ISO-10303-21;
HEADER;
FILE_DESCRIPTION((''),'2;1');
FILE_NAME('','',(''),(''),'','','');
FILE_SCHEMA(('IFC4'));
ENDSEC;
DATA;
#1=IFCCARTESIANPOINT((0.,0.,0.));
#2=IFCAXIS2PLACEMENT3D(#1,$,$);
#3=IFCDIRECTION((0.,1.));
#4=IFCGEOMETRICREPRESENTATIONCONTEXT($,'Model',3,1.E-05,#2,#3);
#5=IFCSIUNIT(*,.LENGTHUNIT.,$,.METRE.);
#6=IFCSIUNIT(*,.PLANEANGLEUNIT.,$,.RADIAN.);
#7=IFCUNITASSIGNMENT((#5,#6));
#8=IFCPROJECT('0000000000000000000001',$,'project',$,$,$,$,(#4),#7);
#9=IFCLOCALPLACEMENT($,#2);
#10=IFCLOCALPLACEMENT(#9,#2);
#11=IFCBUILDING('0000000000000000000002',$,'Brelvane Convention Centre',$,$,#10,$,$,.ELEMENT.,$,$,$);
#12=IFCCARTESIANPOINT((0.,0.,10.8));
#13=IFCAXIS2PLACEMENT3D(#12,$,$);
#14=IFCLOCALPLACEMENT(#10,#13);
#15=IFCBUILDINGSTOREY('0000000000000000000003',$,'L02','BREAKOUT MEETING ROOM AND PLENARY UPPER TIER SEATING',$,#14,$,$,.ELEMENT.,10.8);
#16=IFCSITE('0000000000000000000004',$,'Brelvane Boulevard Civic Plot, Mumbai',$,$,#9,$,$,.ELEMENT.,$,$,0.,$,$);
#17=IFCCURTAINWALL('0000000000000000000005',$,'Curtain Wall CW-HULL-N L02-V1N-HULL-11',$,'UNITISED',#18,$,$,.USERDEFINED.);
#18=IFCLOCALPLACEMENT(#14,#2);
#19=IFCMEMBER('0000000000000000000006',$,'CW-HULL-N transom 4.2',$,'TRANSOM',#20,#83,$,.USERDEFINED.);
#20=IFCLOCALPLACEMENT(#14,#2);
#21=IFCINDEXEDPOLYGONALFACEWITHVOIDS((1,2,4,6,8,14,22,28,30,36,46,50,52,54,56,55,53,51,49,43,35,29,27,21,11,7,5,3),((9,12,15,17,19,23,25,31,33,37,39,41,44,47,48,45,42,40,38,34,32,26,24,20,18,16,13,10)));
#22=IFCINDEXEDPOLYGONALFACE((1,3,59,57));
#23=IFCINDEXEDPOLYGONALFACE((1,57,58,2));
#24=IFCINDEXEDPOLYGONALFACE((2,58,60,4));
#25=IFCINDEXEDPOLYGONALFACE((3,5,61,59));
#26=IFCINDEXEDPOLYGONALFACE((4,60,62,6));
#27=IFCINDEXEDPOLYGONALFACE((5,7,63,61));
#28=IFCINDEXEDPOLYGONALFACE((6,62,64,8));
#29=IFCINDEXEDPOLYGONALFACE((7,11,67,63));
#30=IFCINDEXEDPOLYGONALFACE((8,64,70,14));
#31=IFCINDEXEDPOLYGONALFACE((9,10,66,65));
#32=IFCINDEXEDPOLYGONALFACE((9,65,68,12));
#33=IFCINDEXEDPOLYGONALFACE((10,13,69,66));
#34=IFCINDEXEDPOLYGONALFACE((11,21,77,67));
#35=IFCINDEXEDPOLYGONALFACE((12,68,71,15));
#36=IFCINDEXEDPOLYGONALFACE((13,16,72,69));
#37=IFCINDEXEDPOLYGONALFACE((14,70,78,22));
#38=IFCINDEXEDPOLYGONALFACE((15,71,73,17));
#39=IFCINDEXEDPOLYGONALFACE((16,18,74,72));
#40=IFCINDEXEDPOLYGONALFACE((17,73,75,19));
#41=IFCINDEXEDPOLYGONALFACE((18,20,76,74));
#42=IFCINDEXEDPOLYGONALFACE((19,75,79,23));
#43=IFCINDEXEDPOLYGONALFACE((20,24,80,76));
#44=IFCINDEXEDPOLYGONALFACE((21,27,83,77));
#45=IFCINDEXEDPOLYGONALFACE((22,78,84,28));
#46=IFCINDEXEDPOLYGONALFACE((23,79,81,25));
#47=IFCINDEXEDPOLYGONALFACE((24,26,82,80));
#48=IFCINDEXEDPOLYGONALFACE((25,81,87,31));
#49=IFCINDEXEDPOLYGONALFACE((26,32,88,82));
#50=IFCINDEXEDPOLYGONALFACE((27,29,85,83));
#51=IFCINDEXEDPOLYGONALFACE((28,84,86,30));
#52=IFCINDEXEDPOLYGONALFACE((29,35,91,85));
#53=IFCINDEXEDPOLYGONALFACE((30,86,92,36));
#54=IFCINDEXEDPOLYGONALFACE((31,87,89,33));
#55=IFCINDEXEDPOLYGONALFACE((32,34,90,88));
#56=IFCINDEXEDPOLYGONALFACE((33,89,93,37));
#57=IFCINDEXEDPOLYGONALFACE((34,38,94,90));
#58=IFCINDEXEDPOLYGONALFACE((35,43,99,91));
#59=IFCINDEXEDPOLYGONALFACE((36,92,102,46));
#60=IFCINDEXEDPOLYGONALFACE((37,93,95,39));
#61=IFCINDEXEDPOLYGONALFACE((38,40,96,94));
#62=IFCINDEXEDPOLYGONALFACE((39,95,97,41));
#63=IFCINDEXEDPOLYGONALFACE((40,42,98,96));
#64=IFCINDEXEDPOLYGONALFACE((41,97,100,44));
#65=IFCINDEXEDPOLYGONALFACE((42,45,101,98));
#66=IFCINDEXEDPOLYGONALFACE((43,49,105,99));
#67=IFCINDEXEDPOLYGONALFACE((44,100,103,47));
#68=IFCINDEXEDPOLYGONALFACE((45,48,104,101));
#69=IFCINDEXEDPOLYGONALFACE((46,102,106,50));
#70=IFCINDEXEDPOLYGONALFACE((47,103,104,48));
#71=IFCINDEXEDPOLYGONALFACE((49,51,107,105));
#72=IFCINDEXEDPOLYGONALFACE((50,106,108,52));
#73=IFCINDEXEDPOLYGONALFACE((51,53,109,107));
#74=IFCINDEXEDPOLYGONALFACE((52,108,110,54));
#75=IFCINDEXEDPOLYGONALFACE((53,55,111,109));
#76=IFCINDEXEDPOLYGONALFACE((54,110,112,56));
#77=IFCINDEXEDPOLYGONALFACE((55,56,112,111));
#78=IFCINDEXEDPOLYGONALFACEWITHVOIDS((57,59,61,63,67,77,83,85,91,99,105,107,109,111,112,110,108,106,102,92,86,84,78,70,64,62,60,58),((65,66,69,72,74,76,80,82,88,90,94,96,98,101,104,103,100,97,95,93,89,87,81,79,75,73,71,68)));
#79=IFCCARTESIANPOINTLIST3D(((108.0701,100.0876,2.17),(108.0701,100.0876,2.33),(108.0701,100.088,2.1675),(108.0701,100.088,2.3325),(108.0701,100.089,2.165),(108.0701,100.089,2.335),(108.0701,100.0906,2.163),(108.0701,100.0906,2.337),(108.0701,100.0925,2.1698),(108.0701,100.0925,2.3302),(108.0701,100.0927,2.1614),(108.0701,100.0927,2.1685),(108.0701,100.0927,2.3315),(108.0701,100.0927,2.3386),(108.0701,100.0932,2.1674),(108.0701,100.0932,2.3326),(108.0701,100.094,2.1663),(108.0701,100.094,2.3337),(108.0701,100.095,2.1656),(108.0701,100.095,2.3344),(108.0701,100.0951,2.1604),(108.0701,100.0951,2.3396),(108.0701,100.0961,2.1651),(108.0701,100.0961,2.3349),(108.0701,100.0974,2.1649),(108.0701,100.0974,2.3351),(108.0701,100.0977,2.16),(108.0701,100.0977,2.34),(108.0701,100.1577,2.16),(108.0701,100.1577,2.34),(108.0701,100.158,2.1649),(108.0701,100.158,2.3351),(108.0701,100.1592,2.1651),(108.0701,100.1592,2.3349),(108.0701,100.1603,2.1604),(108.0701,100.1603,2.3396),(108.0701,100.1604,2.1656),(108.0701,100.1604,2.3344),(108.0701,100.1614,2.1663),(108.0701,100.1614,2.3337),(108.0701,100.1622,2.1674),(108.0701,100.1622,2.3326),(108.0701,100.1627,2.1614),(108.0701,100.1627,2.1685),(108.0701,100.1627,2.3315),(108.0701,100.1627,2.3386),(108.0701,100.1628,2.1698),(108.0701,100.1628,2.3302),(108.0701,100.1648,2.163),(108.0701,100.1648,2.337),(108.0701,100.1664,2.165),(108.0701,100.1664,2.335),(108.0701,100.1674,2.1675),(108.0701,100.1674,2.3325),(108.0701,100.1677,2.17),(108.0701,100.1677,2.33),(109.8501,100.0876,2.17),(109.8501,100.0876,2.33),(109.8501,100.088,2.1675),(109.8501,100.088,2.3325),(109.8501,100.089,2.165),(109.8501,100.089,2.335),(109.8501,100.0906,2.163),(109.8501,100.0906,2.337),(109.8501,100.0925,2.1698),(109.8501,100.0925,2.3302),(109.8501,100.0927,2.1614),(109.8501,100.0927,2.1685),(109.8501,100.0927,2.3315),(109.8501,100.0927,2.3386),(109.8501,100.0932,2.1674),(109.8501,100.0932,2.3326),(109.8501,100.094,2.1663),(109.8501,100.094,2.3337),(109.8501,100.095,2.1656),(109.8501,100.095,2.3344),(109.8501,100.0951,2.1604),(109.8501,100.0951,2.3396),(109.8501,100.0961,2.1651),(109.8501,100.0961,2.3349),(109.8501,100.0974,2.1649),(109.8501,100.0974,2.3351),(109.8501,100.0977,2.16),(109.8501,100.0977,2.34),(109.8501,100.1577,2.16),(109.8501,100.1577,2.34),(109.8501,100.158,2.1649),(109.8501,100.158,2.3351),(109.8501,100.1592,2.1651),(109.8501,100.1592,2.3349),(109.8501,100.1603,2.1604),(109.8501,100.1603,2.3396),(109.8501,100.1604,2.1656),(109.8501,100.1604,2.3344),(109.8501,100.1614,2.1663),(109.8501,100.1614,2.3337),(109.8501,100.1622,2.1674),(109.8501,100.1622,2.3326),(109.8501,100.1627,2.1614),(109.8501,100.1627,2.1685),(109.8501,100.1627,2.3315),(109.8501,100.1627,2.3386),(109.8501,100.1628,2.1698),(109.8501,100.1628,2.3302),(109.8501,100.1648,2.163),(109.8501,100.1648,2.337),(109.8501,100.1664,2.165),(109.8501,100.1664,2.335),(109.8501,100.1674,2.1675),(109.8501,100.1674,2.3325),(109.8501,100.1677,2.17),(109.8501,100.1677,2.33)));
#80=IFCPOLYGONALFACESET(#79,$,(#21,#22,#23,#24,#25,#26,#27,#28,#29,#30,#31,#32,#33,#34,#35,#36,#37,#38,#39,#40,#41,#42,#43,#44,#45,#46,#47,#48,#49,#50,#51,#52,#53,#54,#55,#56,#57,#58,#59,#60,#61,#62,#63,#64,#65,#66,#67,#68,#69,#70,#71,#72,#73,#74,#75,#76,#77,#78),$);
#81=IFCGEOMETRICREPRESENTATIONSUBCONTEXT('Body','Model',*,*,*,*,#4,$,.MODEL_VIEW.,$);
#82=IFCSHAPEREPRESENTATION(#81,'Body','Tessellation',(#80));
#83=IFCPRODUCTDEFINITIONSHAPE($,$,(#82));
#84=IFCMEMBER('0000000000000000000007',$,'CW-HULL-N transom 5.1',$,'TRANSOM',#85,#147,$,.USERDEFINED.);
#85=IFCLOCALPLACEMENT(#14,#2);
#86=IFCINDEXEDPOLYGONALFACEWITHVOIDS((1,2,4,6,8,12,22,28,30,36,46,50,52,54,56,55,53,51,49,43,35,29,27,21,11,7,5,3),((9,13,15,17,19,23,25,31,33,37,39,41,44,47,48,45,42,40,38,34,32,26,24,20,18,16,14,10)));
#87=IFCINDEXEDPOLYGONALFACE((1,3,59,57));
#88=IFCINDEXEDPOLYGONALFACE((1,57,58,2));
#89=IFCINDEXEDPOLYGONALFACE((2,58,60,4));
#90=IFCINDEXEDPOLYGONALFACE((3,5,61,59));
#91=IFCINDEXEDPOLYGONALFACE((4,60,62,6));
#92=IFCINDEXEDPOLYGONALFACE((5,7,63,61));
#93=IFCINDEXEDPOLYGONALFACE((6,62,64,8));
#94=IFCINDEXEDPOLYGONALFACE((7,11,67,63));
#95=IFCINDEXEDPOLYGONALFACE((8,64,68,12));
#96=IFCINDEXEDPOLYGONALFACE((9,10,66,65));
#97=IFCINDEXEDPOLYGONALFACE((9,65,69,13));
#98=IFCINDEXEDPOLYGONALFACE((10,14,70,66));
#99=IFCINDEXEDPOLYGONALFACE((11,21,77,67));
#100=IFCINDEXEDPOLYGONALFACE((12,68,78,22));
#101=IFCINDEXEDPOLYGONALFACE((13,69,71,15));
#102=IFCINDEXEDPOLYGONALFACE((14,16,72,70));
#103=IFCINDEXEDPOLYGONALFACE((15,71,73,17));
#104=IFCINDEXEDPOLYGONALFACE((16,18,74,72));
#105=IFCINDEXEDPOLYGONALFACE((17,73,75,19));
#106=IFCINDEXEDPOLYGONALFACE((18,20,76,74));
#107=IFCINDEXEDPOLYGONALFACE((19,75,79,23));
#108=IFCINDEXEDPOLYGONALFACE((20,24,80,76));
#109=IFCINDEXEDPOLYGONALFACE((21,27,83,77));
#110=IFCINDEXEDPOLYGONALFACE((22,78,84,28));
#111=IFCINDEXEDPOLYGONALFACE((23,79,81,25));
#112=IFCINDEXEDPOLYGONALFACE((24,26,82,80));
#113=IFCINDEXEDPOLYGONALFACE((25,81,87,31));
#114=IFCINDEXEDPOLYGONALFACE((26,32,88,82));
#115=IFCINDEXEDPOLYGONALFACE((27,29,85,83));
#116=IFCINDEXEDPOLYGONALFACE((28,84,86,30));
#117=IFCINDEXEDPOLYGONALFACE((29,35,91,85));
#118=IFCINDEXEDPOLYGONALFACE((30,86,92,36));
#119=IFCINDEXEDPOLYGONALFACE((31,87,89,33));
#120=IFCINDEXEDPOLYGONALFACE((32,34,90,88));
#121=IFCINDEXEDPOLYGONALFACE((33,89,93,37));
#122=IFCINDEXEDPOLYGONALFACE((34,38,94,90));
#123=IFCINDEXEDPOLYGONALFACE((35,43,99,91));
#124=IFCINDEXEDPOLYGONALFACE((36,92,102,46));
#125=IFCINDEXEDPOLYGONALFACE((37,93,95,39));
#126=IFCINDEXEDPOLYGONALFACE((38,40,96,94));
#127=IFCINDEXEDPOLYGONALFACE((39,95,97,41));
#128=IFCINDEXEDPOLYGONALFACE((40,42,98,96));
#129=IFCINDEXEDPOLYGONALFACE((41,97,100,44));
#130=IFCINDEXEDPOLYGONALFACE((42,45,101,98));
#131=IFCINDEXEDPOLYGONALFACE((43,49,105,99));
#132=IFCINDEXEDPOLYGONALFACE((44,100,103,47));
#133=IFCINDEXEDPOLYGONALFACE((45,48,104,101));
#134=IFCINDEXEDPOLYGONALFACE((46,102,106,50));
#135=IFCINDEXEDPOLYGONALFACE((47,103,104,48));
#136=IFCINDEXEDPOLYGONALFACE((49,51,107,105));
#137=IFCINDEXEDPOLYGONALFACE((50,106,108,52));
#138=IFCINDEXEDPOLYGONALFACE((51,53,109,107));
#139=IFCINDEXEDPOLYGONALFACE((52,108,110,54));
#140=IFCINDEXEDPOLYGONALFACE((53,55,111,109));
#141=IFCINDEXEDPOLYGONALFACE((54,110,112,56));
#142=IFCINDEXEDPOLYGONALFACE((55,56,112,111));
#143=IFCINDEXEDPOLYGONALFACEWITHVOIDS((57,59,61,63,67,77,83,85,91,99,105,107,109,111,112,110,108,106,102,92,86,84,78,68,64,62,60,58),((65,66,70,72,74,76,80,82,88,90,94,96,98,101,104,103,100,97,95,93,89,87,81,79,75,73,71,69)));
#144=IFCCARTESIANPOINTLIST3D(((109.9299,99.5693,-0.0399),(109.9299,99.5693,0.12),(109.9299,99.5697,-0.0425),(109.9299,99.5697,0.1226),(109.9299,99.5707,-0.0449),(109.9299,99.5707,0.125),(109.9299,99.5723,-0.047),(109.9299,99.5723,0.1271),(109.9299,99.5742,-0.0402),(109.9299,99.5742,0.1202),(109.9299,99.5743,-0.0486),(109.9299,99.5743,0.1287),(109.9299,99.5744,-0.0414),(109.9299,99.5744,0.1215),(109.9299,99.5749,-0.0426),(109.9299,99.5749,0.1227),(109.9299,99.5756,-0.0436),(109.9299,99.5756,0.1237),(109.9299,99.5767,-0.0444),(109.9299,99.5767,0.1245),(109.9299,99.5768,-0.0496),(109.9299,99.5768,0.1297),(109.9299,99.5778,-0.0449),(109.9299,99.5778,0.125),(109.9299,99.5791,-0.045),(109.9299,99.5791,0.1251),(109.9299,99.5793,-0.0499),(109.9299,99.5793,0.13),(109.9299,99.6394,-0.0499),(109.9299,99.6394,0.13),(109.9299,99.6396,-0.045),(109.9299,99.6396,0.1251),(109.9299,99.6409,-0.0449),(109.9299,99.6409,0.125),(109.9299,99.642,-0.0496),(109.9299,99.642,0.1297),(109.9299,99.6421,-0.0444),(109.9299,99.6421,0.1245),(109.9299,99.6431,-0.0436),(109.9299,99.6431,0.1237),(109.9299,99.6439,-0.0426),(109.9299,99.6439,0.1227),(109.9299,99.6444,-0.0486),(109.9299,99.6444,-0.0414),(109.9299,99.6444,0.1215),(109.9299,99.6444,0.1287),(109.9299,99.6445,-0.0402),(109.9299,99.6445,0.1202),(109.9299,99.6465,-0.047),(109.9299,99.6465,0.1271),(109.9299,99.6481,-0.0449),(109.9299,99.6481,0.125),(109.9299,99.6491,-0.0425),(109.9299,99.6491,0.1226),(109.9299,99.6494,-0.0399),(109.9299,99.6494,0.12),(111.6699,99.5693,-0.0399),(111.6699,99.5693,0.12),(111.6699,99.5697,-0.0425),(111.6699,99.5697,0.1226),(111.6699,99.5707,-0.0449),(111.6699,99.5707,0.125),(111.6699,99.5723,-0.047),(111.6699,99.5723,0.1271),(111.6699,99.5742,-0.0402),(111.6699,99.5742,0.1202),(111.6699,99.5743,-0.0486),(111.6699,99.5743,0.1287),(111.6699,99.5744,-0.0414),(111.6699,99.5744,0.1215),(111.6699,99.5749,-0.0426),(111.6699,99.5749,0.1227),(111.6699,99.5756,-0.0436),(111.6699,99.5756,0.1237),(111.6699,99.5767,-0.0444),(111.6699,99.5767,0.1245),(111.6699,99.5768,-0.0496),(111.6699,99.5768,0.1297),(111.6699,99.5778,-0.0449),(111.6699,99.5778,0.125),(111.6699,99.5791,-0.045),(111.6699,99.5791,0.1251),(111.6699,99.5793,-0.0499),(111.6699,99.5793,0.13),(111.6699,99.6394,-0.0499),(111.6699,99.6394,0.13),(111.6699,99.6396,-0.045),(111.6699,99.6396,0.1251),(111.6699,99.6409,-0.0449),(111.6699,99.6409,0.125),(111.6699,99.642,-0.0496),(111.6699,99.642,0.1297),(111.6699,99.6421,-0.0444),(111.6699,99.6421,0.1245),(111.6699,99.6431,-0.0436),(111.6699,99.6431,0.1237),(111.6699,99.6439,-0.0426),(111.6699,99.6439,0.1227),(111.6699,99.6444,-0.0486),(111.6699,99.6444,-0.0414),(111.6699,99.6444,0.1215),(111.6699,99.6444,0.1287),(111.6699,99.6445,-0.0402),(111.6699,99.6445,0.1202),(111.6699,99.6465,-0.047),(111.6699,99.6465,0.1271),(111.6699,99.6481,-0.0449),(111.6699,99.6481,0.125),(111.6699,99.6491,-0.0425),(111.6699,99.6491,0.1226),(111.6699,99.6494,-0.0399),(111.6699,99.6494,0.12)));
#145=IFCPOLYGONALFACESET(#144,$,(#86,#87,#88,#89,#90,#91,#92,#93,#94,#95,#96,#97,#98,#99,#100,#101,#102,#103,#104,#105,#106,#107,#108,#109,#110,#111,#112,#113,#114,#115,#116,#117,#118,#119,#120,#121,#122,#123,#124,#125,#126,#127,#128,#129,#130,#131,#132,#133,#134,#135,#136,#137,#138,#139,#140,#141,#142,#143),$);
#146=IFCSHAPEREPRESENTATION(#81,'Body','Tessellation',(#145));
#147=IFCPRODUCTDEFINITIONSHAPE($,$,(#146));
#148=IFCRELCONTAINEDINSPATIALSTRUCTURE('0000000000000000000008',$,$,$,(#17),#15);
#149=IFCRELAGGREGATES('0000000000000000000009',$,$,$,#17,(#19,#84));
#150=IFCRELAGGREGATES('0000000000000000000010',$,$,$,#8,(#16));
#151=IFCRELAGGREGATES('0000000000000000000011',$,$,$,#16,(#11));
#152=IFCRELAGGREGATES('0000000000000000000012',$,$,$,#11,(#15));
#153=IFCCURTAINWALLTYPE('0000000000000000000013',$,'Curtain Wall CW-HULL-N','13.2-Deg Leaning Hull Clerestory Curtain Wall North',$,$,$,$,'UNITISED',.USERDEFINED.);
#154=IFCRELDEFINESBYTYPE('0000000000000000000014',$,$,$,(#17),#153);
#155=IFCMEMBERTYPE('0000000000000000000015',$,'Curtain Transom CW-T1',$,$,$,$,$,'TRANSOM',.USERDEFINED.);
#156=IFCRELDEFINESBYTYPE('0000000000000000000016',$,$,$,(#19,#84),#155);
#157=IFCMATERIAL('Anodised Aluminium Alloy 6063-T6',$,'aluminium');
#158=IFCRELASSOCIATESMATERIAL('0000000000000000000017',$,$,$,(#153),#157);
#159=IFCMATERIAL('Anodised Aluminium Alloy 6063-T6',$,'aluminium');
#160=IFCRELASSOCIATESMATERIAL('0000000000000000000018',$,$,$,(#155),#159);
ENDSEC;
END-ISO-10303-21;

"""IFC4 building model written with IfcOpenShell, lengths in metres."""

from ifc_helpers import new_model, si_unit, direction, frame, origin, origin_2d, place, context, subcontext, project, spatial, hollow_rectangle, extrude, material, material_profile, profile_set, type_object, element, aggregate, save


model = new_model("IFC4")

# Units and contexts
model_context = context("Model", 3, precision=1e-05, world=origin(), true_north=direction((0.0, 1.0)))
body_context = subcontext(model_context, "Body", "Model", "MODEL_VIEW")
ifc_project = project(units=[si_unit("LENGTHUNIT", "METRE"), si_unit("PLANEANGLEUNIT", "RADIAN")], contexts=[model_context])

# Site, building, storey
site_placement = place(None, origin())
site = spatial("IfcSite", under=ifc_project, at=site_placement, Name="Brelvane Boulevard Civic Plot, Mumbai", CompositionType="ELEMENT", RefElevation=0.0)
building_placement = place(site_placement, origin())
building = spatial("IfcBuilding", under=site, at=building_placement, Name="Brelvane Convention Centre", CompositionType="ELEMENT")
storey_placement = place(building_placement, frame((0.0, 0.0, 10.8)))
storey = spatial("IfcBuildingStorey", under=building, at=storey_placement, Name="L02", Description="BREAKOUT MEETING ROOM AND PLENARY UPPER TIER SEATING", CompositionType="ELEMENT", Elevation=10.8)

# Curtain wall
ifc_material_1 = material(Name="Anodised Aluminium Alloy 6063-T6", Category="aluminium")
curtain_wall_type = type_object("IfcCurtainWallType", Name="Curtain Wall CW-HULL-N", Description="13.2-Deg Leaning Hull Clerestory Curtain Wall North", ElementType="UNITISED", PredefinedType="USERDEFINED", material=ifc_material_1)
curtain_wall_1_placement = place(storey_placement, origin())
curtain_wall_1 = element("IfcCurtainWall", 1, at=curtain_wall_1_placement, inside=storey, type_object=curtain_wall_type, Name="Curtain Wall CW-HULL-N L02-V1N-HULL-11", ObjectType="UNITISED", PredefinedType="USERDEFINED")

# Members
ifc_material_2 = material(Name="Anodised Aluminium Alloy 6063-T6", Category="aluminium")
ifc_material_profile_1 = material_profile(ifc_material_2, hollow_rectangle(XDim=0.0801, YDim=0.1799, WallThickness=0.0049, InnerFilletRadius=0.0049, OuterFilletRadius=0.01, at=origin_2d()), Name="ALU-T 180x80x5.0")
ifc_profile_set_1 = profile_set([ifc_material_profile_1], Name="Anodised Aluminium Alloy 6063-T6")
member_type_1 = type_object("IfcMemberType", Name="Curtain Transom CW-T1", ElementType="TRANSOM", PredefinedType="USERDEFINED", material=ifc_profile_set_1)
member_1_placement = place(storey_placement, frame((108.0701, 100.1277, 2.25), z_axis=(1.0, 0.0, 0.0), x_axis=(0.0, 1.0, 0.0)))
member_1 = element("IfcMember", 2, at=member_1_placement, type_object=member_type_1, Name="CW-HULL-N transom 4.2", ObjectType="TRANSOM", PredefinedType="USERDEFINED", context=body_context, shape_type="SweptSolid", body=[
    extrude(hollow_rectangle(XDim=0.0801, YDim=0.1799, WallThickness=0.0049, InnerFilletRadius=0.0049, OuterFilletRadius=0.01, at=origin_2d()), origin(), (0.0, 0.0, 1.0), 1.78),
])
member_2_placement = place(storey_placement, frame((109.9299, 99.6094, 0.04), z_axis=(1.0, 0.0, 0.0), x_axis=(0.0, 1.0, 0.0)))
member_2 = element("IfcMember", 3, at=member_2_placement, type_object=member_type_1, Name="CW-HULL-N transom 5.1", ObjectType="TRANSOM", PredefinedType="USERDEFINED", context=body_context, shape_type="SweptSolid", body=[
    extrude(hollow_rectangle(XDim=0.0801, YDim=0.1799, WallThickness=0.0049, InnerFilletRadius=0.0049, OuterFilletRadius=0.01, at=origin_2d()), origin(), (0.0, 0.0, 1.0), 1.74),
])

aggregate(curtain_wall_1, [member_1, member_2])

save(model, "model.ifc")
